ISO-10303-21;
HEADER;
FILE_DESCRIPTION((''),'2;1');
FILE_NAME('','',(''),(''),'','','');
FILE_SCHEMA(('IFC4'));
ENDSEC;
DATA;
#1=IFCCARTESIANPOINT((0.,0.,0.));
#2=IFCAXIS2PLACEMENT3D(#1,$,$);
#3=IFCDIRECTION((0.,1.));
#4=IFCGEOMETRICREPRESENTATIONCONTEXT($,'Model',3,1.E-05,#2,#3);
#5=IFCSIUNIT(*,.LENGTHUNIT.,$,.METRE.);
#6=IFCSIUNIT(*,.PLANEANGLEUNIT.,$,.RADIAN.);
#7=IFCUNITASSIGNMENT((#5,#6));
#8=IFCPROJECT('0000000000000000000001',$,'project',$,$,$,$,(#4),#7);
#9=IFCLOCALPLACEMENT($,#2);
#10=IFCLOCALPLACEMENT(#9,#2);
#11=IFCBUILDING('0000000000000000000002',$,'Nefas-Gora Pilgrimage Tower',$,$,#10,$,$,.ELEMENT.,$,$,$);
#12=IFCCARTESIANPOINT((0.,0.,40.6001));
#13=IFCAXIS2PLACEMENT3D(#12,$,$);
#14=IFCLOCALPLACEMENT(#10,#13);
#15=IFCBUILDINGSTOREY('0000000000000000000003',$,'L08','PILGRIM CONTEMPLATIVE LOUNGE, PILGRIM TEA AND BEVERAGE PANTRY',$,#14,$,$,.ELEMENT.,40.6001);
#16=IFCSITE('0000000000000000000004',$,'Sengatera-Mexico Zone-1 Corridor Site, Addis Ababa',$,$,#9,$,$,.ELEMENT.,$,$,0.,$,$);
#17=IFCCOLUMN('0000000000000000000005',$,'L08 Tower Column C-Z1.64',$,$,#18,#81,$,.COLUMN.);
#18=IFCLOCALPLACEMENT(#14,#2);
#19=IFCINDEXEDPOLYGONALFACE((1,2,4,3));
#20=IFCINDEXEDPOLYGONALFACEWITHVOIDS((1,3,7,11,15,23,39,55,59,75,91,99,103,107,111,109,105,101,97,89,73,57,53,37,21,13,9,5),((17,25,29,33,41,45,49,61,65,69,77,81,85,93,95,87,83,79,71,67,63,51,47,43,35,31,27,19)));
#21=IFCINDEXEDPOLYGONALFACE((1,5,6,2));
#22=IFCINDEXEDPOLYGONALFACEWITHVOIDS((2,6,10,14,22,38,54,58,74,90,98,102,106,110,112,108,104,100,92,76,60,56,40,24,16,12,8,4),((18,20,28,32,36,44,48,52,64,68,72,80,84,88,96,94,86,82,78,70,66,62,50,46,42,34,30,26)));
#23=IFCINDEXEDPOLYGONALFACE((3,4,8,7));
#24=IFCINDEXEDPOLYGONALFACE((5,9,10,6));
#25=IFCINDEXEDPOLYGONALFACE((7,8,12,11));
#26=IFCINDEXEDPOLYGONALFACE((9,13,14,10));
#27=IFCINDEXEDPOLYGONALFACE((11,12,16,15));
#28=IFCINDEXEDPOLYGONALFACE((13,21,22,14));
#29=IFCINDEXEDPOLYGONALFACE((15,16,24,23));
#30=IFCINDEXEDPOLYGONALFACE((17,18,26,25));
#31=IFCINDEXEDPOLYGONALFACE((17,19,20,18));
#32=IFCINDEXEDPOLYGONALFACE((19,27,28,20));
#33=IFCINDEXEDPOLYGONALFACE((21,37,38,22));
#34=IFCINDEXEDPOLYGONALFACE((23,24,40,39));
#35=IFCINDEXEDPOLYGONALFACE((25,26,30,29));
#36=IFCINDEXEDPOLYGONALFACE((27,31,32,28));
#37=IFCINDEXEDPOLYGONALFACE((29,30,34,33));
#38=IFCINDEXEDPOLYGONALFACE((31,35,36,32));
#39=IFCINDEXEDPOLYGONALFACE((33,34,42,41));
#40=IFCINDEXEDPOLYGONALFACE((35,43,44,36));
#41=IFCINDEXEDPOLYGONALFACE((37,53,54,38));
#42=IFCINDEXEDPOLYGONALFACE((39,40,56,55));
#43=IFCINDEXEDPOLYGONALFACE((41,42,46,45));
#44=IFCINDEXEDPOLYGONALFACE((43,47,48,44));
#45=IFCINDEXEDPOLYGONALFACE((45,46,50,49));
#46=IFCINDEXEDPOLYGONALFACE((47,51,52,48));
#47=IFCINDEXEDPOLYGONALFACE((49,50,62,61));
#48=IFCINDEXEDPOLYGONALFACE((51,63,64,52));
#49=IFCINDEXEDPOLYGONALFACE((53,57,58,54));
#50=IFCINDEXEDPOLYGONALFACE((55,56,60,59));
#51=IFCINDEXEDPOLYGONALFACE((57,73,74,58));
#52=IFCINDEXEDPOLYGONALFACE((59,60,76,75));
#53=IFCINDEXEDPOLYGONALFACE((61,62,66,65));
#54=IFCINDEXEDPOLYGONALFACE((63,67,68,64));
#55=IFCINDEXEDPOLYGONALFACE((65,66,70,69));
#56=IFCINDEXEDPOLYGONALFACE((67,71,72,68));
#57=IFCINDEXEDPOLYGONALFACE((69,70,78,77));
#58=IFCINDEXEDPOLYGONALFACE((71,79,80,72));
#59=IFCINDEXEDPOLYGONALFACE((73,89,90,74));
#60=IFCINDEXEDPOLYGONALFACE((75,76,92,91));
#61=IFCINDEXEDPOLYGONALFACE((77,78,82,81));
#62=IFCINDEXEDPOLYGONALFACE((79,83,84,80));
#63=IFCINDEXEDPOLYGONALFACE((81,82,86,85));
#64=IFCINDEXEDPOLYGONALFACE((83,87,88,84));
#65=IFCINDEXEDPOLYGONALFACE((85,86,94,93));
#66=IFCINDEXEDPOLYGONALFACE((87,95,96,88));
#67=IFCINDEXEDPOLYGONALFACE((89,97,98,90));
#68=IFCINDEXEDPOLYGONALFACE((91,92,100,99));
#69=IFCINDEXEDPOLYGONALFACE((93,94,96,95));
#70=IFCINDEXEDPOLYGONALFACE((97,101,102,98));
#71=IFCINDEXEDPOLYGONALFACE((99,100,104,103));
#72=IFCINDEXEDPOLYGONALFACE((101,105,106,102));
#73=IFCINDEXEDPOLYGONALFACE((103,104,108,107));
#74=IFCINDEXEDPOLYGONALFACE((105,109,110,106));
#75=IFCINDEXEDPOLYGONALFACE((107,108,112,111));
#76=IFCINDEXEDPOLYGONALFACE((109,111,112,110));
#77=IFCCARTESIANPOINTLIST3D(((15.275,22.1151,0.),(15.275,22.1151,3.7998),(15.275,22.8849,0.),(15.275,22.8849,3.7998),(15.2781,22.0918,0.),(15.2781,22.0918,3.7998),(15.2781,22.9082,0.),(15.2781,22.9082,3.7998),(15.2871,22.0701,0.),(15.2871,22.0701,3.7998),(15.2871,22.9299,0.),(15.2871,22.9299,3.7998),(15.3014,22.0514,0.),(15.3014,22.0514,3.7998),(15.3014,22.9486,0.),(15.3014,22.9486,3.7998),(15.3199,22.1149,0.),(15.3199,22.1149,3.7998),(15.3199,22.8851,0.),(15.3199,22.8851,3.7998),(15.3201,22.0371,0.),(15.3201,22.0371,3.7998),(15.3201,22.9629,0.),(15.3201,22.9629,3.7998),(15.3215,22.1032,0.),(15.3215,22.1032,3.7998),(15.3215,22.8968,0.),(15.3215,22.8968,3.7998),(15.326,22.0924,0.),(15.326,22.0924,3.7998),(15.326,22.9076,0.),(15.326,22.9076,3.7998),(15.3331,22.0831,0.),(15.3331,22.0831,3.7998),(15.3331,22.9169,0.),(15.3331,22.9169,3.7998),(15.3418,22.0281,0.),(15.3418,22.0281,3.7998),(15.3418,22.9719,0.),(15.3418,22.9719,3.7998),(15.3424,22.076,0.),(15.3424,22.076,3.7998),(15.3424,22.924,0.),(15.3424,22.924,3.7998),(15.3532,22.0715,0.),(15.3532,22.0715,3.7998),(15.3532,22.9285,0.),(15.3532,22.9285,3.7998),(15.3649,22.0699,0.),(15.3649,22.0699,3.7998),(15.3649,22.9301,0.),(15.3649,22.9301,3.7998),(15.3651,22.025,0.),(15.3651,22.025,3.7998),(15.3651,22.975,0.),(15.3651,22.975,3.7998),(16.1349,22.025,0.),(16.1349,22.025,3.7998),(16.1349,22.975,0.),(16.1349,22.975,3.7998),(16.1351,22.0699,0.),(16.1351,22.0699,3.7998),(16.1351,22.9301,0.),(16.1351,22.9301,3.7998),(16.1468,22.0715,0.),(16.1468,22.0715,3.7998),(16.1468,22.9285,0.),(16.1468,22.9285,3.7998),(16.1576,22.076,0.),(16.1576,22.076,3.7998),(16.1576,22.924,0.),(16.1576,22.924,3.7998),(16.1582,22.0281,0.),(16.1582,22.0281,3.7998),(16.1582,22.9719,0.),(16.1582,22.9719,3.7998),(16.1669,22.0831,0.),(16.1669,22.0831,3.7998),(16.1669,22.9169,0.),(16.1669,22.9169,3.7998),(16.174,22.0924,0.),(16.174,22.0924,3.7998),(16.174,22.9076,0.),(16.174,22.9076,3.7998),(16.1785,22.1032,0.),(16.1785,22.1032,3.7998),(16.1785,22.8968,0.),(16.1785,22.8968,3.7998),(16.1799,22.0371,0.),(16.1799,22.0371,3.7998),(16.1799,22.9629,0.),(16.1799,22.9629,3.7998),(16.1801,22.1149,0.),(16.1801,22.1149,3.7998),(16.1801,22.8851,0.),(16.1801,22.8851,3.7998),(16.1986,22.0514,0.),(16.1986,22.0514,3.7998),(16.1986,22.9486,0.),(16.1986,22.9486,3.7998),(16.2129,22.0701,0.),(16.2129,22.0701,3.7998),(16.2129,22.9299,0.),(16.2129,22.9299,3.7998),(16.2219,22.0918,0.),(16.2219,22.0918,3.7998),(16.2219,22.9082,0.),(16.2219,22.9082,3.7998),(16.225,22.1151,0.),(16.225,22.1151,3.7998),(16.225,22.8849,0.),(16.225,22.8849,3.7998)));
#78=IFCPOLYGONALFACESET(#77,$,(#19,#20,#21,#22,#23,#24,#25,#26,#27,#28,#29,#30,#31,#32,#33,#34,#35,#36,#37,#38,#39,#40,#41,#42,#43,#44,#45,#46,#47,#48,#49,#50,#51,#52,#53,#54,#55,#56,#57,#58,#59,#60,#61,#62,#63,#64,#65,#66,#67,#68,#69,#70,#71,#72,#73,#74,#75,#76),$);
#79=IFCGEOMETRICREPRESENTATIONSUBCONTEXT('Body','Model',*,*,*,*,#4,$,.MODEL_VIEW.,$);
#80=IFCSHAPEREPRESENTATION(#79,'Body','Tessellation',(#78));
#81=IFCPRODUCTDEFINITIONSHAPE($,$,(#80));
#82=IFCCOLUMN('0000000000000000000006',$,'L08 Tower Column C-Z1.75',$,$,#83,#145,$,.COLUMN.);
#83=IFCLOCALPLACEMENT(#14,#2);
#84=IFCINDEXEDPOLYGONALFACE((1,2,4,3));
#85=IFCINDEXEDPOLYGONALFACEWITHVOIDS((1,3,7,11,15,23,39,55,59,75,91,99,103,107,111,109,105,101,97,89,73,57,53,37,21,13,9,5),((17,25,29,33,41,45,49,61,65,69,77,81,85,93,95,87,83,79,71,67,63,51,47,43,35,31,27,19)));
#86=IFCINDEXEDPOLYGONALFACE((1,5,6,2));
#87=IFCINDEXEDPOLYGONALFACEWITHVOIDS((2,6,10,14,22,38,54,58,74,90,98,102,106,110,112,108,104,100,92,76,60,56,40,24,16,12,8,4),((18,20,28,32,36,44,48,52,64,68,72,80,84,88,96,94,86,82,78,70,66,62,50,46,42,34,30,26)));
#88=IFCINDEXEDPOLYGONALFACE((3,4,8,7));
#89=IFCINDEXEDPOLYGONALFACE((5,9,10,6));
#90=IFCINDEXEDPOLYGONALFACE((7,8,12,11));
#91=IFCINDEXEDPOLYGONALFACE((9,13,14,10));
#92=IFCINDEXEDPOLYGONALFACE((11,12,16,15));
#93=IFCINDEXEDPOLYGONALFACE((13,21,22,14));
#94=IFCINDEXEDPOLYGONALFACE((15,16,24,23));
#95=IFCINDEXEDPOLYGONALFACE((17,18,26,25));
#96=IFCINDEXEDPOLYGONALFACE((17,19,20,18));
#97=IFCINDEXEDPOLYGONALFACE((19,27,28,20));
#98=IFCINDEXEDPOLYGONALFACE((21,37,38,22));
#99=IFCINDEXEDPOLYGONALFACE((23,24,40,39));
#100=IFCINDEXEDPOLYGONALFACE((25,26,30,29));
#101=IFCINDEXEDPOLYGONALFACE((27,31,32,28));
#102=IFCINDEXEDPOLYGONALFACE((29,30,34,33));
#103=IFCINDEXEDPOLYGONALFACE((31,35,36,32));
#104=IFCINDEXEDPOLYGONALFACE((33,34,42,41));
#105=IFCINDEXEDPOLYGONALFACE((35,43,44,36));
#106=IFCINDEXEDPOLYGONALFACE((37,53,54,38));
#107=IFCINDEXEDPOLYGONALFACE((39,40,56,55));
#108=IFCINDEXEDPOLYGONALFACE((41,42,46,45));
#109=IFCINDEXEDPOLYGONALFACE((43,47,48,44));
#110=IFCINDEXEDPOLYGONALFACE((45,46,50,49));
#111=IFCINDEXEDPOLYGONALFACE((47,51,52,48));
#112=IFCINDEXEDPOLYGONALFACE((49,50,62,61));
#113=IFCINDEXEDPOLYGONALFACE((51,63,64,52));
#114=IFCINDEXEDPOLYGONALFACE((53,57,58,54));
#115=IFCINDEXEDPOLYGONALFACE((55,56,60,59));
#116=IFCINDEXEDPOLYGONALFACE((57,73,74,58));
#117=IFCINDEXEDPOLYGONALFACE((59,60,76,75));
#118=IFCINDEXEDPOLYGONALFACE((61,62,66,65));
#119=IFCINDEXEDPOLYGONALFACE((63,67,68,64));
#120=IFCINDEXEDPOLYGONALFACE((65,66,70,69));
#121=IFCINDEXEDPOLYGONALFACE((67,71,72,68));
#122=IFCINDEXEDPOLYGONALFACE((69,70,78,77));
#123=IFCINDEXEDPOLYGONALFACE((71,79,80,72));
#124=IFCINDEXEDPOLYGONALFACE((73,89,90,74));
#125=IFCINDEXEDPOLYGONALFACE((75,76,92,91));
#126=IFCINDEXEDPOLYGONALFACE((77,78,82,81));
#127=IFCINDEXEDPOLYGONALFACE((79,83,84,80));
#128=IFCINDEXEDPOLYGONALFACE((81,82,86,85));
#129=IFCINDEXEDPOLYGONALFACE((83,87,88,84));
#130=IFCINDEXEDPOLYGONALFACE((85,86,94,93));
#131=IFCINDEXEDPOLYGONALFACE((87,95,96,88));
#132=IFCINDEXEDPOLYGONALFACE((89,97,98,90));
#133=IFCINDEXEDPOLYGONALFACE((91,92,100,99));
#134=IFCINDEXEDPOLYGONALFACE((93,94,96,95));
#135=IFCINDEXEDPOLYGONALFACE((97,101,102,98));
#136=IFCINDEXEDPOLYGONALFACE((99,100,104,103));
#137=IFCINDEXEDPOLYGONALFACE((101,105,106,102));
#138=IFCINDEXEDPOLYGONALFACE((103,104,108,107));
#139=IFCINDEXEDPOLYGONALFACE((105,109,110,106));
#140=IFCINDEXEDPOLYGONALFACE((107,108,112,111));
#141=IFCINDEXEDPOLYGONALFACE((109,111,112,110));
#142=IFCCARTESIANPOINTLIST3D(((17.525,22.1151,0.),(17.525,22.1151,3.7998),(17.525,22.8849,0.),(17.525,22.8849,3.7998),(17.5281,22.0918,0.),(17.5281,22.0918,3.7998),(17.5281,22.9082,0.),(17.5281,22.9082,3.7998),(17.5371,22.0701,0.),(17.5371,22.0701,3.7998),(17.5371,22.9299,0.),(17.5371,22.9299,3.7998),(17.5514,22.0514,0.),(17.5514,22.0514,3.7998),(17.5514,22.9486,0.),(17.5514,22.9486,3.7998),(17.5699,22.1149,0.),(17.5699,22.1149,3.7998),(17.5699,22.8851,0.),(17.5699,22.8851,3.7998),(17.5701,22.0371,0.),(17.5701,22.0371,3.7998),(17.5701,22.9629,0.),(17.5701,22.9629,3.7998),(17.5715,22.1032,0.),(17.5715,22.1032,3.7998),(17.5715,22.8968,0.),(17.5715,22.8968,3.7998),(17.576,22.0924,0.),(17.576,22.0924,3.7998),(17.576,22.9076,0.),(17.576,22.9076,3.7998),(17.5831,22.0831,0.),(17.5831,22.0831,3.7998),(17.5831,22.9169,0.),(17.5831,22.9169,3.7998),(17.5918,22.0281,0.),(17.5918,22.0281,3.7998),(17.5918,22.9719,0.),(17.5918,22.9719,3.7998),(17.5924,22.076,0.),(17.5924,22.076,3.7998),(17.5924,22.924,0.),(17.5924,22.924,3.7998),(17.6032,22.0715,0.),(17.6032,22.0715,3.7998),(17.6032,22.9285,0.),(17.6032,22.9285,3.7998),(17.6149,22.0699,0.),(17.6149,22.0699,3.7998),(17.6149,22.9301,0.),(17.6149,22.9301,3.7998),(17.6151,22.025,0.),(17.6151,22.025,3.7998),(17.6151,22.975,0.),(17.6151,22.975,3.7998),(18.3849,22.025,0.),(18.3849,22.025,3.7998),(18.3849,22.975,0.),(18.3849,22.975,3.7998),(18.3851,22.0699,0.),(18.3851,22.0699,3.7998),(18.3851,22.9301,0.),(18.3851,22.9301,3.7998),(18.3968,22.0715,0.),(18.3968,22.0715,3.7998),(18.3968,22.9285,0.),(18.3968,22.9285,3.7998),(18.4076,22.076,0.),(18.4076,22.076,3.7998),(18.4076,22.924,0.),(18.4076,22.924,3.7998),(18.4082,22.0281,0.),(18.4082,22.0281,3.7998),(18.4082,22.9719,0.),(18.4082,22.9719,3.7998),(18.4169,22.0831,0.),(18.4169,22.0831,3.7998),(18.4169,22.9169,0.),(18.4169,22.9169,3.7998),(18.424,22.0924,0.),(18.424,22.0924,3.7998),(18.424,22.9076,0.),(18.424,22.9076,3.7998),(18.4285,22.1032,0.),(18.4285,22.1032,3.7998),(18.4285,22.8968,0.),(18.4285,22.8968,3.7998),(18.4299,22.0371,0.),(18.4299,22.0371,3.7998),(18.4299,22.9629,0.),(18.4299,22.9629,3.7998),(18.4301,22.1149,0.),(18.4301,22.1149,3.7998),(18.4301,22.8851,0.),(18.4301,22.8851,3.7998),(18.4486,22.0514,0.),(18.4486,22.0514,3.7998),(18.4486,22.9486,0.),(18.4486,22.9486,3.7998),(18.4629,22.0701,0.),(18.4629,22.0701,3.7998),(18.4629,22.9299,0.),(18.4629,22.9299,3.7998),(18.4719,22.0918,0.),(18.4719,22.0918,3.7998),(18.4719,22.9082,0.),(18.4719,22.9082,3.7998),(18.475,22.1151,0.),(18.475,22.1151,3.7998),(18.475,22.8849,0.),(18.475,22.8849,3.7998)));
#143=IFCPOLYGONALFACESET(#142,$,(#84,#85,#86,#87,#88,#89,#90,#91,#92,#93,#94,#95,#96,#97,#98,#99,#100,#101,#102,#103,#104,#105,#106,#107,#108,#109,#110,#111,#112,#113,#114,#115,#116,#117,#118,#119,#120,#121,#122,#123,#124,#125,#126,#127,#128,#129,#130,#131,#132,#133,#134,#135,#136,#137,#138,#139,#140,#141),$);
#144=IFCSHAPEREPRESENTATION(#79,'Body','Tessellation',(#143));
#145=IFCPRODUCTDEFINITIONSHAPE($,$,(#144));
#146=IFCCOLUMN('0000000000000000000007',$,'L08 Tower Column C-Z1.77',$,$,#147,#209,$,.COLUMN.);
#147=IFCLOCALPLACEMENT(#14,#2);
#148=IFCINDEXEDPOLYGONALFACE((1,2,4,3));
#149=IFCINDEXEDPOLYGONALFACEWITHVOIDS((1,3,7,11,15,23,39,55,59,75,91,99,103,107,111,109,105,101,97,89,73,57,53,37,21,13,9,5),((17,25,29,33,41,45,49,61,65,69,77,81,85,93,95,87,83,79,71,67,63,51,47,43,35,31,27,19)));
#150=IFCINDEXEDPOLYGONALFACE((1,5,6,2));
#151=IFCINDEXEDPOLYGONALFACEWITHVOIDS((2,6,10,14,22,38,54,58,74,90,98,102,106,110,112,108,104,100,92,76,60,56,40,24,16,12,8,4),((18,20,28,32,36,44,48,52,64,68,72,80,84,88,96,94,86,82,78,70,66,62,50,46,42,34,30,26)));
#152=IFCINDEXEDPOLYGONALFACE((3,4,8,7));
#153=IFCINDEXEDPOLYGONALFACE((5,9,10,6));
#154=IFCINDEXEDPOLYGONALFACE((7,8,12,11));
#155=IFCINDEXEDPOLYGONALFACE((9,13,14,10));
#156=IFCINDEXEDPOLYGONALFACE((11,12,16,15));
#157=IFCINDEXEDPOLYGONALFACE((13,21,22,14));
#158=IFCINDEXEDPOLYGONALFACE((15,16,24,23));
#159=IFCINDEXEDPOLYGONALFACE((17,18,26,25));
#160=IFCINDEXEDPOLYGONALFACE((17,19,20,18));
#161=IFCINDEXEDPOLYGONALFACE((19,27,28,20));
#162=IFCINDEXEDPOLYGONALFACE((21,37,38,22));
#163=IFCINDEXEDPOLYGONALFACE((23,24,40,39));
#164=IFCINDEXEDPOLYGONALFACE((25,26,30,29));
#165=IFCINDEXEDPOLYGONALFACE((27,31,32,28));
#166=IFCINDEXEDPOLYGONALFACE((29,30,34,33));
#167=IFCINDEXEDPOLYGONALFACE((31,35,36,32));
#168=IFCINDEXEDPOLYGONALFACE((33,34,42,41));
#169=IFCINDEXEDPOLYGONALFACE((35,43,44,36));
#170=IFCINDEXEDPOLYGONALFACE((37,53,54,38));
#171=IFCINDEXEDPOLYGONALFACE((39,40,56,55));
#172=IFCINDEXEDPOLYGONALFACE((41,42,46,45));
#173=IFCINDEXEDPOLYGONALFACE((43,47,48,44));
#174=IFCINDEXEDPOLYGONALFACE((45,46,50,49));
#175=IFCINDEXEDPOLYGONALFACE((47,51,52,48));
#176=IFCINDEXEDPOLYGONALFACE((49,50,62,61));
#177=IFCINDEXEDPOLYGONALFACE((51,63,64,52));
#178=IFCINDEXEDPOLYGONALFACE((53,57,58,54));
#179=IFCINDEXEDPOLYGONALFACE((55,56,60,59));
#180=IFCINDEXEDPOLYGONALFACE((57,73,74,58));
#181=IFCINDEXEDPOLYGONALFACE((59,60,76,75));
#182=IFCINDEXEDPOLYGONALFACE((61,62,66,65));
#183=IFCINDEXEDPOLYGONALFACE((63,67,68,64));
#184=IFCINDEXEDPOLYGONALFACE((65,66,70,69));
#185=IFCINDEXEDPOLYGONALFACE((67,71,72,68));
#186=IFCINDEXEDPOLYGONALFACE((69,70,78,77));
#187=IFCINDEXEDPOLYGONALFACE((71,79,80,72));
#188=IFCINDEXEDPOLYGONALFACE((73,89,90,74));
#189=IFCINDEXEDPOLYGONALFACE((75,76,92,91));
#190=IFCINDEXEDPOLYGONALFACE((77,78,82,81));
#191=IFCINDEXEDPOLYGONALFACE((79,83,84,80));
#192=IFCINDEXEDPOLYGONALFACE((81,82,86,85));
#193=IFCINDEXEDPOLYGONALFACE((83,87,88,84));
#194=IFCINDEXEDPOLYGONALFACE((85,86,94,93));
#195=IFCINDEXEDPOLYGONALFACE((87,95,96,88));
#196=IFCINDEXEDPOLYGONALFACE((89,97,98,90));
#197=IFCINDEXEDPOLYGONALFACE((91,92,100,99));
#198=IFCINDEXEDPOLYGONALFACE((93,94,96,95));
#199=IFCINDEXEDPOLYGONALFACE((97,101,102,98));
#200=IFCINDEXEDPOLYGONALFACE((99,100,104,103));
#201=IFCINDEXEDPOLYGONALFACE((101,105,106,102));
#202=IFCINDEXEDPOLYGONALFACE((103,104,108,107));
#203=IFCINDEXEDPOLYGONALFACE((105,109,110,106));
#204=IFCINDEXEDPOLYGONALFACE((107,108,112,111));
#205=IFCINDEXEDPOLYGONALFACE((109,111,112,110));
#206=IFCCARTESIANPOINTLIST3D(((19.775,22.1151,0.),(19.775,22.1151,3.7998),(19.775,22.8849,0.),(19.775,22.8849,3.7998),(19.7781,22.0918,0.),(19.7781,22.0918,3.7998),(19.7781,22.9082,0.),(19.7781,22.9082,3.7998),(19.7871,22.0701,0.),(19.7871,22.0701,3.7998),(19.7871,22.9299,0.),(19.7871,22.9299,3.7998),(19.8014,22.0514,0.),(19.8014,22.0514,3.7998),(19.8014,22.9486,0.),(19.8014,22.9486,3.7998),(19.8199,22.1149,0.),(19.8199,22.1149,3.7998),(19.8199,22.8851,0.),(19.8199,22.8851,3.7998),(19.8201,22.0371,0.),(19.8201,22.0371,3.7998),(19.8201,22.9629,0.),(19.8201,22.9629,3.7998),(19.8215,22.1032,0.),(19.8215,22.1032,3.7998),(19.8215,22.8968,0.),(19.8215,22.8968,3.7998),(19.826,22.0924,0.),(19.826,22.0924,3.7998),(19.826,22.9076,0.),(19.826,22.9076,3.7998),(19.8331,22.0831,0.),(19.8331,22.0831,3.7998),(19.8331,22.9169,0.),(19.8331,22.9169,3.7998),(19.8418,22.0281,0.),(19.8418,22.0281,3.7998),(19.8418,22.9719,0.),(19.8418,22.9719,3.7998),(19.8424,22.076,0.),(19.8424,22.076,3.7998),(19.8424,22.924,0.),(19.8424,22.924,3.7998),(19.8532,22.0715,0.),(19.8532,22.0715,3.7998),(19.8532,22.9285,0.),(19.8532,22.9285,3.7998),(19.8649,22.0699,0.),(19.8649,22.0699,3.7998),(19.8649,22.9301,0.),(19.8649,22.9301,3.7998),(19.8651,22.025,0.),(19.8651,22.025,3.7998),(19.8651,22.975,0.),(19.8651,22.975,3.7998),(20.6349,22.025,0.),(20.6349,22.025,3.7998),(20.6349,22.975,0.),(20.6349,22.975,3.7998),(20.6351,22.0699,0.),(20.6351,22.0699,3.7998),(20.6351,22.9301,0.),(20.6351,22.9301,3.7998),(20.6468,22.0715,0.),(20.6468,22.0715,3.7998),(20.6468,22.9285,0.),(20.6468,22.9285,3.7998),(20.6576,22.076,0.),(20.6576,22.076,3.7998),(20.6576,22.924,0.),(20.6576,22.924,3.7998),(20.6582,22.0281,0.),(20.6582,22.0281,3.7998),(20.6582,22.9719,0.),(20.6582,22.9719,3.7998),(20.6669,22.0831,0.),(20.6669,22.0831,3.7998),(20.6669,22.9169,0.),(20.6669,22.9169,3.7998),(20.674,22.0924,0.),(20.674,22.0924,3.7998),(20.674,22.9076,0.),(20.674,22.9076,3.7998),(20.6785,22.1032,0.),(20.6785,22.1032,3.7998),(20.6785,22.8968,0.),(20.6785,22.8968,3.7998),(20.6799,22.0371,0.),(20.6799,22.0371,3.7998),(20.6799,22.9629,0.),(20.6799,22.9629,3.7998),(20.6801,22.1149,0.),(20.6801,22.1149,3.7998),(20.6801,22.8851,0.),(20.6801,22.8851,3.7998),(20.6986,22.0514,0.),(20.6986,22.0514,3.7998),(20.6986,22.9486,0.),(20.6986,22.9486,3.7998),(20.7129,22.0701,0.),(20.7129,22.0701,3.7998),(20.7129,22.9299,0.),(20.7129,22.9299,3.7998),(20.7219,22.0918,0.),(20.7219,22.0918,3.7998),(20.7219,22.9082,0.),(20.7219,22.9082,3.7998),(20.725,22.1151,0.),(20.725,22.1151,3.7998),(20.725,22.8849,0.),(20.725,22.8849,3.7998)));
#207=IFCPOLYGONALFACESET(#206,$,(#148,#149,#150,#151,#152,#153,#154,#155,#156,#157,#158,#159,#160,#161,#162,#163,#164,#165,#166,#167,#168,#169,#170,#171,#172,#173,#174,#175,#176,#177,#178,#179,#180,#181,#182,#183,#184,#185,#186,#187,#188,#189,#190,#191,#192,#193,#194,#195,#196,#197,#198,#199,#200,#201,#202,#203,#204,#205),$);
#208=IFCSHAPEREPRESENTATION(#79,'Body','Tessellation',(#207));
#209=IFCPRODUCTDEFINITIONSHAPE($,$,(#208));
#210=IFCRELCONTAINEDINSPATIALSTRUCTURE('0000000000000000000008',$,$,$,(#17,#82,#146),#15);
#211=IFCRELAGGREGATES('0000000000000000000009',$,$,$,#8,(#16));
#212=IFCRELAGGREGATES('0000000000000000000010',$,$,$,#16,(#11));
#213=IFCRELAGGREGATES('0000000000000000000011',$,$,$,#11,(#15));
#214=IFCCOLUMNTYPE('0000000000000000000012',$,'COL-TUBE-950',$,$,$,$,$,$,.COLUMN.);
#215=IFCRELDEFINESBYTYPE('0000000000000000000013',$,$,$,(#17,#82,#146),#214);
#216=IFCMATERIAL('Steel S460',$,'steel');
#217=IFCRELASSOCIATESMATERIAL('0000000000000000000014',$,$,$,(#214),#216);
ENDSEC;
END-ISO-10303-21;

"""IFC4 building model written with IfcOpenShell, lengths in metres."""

from ifc_helpers import new_model, si_unit, direction, frame, origin, origin_2d, place, context, subcontext, project, spatial, hollow_rectangle, extrude, source, transform, mapped, material, material_profile, profile_set, type_object, element, save


model = new_model("IFC4")

# Units and contexts
model_context = context("Model", 3, precision=1e-05, world=origin(), true_north=direction((0.0, 1.0)))
body_context = subcontext(model_context, "Body", "Model", "MODEL_VIEW")
ifc_project = project(units=[si_unit("LENGTHUNIT", "METRE"), si_unit("PLANEANGLEUNIT", "RADIAN")], contexts=[model_context])

# Site, building, storey
site_placement = place(None, origin())
site = spatial("IfcSite", under=ifc_project, at=site_placement, Name="Sengatera-Mexico Zone-1 Corridor Site, Addis Ababa", CompositionType="ELEMENT", RefElevation=0.0)
building_placement = place(site_placement, origin())
building = spatial("IfcBuilding", under=site, at=building_placement, Name="Nefas-Gora Pilgrimage Tower", CompositionType="ELEMENT")
storey_placement = place(building_placement, frame((0.0, 0.0, 40.6001)))
storey = spatial("IfcBuildingStorey", under=building, at=storey_placement, Name="L08", Description="PILGRIM CONTEMPLATIVE LOUNGE, PILGRIM TEA AND BEVERAGE PANTRY", CompositionType="ELEMENT", Elevation=40.6001)

# Columns
ifc_material_1 = material(Name="Steel S460", Category="steel")
ifc_material_profile_1 = material_profile(ifc_material_1, hollow_rectangle(XDim=0.95, YDim=0.95, WallThickness=0.0449, InnerFilletRadius=0.0449, OuterFilletRadius=0.0901, at=origin_2d()), Name="BOX 950x950x45")
ifc_profile_set_1 = profile_set([ifc_material_profile_1], Name="Steel S460")
column_type_1 = type_object("IfcColumnType", Name="COL-TUBE-950", PredefinedType="COLUMN", material=ifc_profile_set_1)
shared_shape_1 = source(origin(), body_context, "Body", "SweptSolid", [
    extrude(hollow_rectangle(XDim=0.95, YDim=0.95, WallThickness=0.0449, InnerFilletRadius=0.0449, OuterFilletRadius=0.0901, at=origin_2d()), origin(), (0.0, 0.0, 1.0), 3.7998),
])
for number, where, z_axis, x_axis, name in (
    (1, (15.75, 22.5, 0.0), (0.0, 0.0, 1.0), (1.0, 0.0, 0.0), "L08 Tower Column C-Z1.64"),
    (2, (18.0, 22.5, 0.0), (0.0, 0.0, 1.0), (1.0, 0.0, 0.0), "L08 Tower Column C-Z1.75"),
    (3, (20.25, 22.5, 0.0), (0.0, 0.0, 1.0), (1.0, 0.0, 0.0), "L08 Tower Column C-Z1.77"),
):
    element("IfcColumn", number, at=place(storey_placement, frame(where, z_axis=z_axis, x_axis=x_axis)), inside=storey, type_object=column_type_1, Name=name, PredefinedType="COLUMN", context=body_context, shape_type="MappedRepresentation", body=[
        mapped(shared_shape_1, transform((0.0, 0.0, 0.0), x_axis=(1.0, 0.0, 0.0), y_axis=(0.0, 1.0, 0.0), z_axis=(0.0, 0.0, 1.0), scale=1.0)),
    ])

save(model, "model.ifc")
